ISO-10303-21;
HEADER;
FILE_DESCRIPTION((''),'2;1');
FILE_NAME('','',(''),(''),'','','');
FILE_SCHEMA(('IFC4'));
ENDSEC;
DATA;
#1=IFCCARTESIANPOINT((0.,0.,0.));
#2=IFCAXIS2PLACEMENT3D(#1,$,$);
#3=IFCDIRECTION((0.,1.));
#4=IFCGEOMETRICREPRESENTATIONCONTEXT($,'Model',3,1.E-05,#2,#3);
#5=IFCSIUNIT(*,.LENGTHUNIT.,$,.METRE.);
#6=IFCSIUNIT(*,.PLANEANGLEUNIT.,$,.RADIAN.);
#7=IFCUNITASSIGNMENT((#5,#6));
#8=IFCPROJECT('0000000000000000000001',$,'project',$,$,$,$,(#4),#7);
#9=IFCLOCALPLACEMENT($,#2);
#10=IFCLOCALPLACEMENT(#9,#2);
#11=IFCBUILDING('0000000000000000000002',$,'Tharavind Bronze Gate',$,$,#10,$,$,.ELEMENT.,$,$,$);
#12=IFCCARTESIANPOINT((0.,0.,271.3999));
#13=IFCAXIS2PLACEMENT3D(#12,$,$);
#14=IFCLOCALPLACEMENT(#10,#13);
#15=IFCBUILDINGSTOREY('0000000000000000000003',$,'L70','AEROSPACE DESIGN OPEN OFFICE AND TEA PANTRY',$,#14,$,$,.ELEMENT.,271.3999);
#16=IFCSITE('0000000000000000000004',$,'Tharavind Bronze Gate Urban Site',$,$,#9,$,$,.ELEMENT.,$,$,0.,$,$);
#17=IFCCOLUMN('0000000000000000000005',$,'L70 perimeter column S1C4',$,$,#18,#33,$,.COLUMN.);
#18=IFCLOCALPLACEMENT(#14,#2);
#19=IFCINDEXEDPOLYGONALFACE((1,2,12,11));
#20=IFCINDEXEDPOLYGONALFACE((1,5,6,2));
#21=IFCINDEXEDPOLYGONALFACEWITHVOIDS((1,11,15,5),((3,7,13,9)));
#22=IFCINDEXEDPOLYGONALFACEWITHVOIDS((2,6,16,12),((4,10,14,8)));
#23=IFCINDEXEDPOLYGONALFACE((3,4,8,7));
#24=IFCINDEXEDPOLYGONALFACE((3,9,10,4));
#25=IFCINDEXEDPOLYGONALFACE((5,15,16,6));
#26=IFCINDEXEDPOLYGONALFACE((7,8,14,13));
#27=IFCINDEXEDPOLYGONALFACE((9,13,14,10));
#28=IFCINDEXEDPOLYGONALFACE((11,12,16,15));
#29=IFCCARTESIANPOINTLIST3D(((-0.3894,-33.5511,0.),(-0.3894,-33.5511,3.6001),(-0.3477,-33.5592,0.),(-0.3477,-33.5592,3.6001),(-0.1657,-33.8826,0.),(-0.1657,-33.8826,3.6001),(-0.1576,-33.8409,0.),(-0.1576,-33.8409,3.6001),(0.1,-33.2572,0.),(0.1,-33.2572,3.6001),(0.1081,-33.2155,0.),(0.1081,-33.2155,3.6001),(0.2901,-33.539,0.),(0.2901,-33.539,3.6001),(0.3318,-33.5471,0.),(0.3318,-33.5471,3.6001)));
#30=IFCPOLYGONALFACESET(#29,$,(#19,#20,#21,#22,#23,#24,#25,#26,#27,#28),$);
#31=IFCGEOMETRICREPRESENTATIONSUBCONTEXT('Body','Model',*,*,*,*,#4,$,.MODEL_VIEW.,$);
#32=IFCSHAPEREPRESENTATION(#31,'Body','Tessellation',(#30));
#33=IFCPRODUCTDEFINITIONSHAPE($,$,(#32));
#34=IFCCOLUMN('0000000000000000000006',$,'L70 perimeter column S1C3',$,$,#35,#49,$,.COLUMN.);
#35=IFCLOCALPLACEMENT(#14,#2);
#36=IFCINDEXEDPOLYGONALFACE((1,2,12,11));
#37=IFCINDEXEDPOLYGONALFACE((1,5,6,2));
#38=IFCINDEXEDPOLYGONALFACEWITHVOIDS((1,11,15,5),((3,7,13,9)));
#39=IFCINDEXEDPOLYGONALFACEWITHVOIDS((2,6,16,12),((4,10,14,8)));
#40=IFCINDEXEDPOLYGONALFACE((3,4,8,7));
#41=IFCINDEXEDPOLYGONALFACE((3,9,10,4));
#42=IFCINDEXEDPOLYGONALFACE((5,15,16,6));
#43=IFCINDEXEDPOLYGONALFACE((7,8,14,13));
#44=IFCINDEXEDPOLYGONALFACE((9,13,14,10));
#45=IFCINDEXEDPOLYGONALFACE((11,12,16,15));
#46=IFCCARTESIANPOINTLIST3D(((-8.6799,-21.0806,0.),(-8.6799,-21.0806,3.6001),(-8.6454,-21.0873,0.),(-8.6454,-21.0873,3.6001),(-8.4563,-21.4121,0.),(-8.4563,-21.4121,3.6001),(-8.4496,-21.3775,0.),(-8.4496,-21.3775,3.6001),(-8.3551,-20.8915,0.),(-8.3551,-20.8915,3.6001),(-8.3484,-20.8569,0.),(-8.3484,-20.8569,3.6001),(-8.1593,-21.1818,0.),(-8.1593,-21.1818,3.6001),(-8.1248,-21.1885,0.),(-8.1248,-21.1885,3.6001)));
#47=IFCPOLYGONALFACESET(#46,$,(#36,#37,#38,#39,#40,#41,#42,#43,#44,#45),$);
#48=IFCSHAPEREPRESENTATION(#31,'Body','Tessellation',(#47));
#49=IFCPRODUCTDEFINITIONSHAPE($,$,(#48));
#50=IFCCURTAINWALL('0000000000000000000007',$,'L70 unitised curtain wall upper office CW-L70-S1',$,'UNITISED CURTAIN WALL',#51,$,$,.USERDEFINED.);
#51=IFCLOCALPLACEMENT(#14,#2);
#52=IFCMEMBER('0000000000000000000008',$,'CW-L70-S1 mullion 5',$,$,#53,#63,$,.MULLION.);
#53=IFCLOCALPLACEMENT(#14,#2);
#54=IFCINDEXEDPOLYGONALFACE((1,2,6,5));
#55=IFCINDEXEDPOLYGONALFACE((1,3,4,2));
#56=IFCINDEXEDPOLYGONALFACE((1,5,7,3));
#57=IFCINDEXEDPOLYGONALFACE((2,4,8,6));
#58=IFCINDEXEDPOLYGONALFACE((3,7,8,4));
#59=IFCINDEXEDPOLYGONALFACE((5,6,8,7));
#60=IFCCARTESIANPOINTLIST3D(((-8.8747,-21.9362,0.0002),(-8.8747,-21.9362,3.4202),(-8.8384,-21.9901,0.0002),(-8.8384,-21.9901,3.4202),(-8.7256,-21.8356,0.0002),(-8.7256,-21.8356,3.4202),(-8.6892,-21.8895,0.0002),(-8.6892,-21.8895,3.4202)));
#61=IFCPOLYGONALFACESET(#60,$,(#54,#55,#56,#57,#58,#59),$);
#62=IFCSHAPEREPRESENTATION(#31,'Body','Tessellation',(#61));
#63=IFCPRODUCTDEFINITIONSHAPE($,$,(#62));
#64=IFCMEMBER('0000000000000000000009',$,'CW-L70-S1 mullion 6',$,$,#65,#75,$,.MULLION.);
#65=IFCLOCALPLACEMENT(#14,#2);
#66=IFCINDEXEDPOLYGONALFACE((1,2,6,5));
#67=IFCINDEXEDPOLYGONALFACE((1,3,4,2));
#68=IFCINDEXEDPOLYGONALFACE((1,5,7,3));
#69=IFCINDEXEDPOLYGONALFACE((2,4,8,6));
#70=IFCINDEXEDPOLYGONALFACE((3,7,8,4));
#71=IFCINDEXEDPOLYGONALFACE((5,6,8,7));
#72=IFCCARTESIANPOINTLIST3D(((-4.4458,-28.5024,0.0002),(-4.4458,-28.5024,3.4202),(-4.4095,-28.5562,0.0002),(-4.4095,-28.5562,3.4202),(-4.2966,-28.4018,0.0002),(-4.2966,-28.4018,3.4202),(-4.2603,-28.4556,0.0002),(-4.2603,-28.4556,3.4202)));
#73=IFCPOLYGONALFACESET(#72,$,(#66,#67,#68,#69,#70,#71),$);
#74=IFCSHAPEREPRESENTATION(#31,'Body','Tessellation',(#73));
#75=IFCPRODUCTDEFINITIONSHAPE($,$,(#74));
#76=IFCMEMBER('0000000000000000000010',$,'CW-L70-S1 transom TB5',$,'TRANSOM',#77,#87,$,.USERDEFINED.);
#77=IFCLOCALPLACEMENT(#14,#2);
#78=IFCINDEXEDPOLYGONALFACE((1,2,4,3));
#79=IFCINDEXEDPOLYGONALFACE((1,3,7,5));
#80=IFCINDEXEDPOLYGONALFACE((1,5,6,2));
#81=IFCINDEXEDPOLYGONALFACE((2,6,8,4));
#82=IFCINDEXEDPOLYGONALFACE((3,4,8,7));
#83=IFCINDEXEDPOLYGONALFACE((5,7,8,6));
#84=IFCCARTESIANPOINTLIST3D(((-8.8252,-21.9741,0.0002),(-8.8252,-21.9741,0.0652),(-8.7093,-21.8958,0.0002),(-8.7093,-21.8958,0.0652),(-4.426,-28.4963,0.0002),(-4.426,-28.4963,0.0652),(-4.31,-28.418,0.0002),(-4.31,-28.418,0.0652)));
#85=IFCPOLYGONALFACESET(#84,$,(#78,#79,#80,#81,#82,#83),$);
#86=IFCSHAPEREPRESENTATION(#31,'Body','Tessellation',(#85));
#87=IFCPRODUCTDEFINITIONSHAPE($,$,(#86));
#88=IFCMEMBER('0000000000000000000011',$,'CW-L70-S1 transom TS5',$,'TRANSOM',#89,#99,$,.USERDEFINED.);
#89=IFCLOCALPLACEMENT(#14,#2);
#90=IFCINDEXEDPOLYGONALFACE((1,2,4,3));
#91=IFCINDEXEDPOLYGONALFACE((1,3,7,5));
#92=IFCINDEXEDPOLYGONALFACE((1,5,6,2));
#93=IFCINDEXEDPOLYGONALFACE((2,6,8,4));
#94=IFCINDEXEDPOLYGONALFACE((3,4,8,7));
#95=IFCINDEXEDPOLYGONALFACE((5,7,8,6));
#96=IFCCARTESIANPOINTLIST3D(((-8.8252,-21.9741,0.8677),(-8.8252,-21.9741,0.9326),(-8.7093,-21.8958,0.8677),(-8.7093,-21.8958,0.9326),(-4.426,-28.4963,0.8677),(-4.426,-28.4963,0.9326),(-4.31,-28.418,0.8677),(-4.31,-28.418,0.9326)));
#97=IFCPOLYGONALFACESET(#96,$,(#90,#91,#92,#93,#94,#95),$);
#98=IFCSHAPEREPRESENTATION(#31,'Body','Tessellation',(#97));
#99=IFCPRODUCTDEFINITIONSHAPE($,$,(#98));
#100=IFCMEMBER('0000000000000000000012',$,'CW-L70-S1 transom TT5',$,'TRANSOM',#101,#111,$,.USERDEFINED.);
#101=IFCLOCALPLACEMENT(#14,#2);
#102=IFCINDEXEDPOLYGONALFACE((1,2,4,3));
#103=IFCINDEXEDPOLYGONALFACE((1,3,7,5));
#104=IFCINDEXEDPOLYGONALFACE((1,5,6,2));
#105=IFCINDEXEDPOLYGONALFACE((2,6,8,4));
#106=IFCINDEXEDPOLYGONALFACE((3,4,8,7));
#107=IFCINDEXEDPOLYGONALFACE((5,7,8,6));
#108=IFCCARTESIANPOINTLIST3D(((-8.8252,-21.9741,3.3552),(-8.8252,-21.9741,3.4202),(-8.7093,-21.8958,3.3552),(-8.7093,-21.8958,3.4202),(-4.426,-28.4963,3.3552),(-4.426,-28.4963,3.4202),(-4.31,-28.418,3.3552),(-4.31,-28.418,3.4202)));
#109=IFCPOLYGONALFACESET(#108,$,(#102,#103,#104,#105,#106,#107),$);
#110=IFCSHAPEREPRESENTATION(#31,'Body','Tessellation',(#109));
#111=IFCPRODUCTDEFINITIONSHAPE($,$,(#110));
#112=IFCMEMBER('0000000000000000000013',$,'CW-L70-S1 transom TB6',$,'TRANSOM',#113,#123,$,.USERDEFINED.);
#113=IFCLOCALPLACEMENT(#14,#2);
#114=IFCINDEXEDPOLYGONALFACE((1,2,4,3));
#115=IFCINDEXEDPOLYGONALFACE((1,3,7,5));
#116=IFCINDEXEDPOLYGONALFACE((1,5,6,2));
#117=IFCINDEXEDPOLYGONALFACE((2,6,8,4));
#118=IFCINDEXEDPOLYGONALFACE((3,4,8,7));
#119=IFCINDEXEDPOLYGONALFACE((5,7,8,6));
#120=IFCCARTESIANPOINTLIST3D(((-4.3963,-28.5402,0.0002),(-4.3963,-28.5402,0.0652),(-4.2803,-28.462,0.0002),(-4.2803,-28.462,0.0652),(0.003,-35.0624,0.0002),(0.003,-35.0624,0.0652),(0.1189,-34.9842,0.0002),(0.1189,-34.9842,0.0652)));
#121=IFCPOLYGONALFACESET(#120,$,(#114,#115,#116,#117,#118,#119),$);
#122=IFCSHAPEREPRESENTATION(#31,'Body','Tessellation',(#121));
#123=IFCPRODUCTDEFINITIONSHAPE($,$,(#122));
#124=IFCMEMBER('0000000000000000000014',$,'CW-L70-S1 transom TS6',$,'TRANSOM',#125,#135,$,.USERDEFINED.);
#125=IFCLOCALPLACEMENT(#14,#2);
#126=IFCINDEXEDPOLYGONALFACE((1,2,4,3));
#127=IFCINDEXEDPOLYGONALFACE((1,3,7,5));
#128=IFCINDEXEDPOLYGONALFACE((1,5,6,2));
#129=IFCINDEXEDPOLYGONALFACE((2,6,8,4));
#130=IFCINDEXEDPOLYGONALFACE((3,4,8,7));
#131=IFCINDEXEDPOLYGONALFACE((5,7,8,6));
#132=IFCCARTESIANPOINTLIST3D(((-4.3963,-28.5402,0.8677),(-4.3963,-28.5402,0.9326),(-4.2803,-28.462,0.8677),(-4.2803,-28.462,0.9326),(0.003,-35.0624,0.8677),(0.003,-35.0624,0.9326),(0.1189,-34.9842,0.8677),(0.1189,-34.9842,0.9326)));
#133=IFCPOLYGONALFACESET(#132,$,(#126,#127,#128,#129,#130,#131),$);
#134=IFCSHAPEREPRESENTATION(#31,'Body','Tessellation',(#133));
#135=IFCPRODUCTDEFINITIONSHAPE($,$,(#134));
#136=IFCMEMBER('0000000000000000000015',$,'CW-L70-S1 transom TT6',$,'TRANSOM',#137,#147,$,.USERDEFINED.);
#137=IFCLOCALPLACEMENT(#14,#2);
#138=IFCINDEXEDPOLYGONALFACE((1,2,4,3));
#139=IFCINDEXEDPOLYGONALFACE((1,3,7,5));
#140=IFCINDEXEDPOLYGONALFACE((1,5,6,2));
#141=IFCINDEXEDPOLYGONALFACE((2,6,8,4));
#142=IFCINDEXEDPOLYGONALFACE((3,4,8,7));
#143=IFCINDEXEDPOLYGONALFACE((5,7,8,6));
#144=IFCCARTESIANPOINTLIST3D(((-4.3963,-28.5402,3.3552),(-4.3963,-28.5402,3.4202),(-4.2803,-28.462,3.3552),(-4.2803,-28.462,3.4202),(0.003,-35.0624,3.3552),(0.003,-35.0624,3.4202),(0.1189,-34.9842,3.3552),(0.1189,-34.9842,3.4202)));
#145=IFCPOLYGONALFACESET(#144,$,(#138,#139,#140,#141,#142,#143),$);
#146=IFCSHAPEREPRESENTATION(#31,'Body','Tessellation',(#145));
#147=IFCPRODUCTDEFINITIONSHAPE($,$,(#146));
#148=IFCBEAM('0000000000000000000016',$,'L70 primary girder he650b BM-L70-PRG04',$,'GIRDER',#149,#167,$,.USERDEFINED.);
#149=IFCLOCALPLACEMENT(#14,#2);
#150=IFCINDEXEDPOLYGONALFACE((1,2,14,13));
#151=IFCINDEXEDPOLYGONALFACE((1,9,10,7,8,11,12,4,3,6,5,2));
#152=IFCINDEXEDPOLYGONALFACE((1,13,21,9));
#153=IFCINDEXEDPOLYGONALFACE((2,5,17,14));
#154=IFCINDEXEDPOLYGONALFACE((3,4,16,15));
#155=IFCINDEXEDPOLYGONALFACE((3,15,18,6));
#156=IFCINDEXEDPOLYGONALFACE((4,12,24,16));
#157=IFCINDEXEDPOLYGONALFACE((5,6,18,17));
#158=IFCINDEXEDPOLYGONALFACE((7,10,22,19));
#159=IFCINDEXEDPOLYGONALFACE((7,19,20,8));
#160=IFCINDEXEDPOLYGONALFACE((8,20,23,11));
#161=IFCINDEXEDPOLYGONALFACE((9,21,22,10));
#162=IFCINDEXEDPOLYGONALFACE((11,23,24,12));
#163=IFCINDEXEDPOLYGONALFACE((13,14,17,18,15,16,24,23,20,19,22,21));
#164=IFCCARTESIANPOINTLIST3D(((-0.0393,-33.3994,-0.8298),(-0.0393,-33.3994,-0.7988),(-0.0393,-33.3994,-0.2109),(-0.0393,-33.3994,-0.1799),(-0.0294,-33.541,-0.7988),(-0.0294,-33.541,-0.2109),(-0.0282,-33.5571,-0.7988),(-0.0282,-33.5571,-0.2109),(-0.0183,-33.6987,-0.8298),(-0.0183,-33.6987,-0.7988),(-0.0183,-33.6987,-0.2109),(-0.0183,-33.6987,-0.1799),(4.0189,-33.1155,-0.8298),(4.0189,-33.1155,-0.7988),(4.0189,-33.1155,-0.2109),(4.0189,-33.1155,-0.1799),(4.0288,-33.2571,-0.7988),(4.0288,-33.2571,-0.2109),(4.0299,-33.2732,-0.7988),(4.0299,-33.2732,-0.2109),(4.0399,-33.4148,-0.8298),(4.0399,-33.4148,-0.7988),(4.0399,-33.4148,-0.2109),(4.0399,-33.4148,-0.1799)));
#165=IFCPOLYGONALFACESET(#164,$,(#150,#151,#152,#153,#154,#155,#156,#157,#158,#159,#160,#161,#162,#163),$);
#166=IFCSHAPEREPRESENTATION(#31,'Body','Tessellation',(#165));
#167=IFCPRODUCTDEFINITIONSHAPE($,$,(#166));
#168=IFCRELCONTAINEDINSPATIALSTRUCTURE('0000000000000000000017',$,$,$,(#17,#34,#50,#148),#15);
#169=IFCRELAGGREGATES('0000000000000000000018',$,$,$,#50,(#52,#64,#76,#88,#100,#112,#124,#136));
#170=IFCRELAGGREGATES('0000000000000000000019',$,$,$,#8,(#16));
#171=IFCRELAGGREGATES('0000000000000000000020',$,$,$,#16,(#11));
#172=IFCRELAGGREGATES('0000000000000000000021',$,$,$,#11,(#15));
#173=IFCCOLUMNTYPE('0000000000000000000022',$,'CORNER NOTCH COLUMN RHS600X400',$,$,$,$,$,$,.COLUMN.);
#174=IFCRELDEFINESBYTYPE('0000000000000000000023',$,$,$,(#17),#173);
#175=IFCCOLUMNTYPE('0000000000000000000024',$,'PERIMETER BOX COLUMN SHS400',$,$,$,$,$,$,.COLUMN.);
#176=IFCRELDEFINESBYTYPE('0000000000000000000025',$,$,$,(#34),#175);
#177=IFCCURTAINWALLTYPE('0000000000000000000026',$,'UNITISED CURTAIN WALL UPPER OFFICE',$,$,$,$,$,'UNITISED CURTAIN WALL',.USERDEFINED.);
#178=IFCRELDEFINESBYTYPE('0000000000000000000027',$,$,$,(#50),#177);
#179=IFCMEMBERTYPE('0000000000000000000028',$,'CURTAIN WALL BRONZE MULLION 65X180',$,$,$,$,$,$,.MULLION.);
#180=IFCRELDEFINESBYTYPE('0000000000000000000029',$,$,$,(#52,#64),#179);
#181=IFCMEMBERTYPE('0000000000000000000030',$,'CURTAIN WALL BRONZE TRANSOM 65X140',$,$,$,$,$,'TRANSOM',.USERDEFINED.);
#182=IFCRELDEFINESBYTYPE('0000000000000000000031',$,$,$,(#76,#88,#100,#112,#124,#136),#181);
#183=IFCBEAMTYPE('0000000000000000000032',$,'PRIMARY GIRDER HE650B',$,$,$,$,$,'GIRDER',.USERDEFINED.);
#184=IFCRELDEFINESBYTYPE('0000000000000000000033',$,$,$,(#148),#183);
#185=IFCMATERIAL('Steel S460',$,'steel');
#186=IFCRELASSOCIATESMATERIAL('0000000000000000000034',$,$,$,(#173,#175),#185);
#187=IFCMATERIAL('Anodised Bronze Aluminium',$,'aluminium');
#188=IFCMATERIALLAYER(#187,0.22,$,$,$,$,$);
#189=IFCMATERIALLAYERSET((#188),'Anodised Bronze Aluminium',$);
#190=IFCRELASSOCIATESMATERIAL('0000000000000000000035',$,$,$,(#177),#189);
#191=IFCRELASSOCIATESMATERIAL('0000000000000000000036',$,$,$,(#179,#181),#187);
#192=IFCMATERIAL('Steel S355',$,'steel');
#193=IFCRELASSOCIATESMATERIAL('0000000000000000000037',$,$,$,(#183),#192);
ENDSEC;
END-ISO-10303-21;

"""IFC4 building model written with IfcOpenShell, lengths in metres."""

from ifc_helpers import new_model, si_unit, direction, frame, origin, origin_2d, place, context, subcontext, project, spatial, rectangle, hollow_rectangle, i_section, extrude, material, layer, layer_set, material_profile, profile_set, type_object, element, aggregate, save


model = new_model("IFC4")

# Units and contexts
model_context = context("Model", 3, precision=1e-05, world=origin(), true_north=direction((0.0, 1.0)))
body_context = subcontext(model_context, "Body", "Model", "MODEL_VIEW")
ifc_project = project(units=[si_unit("LENGTHUNIT", "METRE"), si_unit("PLANEANGLEUNIT", "RADIAN")], contexts=[model_context])

# Site, building, storey
site_placement = place(None, origin())
site = spatial("IfcSite", under=ifc_project, at=site_placement, Name="Tharavind Bronze Gate Urban Site", CompositionType="ELEMENT", RefElevation=0.0)
building_placement = place(site_placement, origin())
building = spatial("IfcBuilding", under=site, at=building_placement, Name="Tharavind Bronze Gate", CompositionType="ELEMENT")
storey_placement = place(building_placement, frame((0.0, 0.0, 271.3999)))
storey = spatial("IfcBuildingStorey", under=building, at=storey_placement, Name="L70", Description="AEROSPACE DESIGN OPEN OFFICE AND TEA PANTRY", CompositionType="ELEMENT", Elevation=271.3999)

# Columns
ifc_material_1 = material(Name="Steel S460", Category="steel")
ifc_material_profile_1 = material_profile(ifc_material_1, hollow_rectangle(XDim=0.3999, YDim=0.6001, WallThickness=0.03, at=origin_2d()), Name="RHS600X400X30")
ifc_profile_set_1 = profile_set([ifc_material_profile_1], Name="Steel S460")
column_type_1 = type_object("IfcColumnType", Name="CORNER NOTCH COLUMN RHS600X400", PredefinedType="COLUMN", material=ifc_profile_set_1)
column_1_placement = place(storey_placement, frame((-0.0288, -33.5491, 0.0), z_axis=(0.0, 0.0, 1.0), x_axis=(-0.559193, 0.829038, 0.0)))
element("IfcColumn", 1, at=column_1_placement, inside=storey, type_object=column_type_1, Name="L70 perimeter column S1C4", PredefinedType="COLUMN", context=body_context, shape_type="SweptSolid", body=[
    extrude(hollow_rectangle(XDim=0.3999, YDim=0.6001, WallThickness=0.03, at=origin_2d()), origin(), (0.0, 0.0, 1.0), 3.6001),
])
ifc_material_profile_2 = material_profile(ifc_material_1, hollow_rectangle(XDim=0.3999, YDim=0.3999, WallThickness=0.0249, at=origin_2d()), Name="SHS400X25")
ifc_profile_set_2 = profile_set([ifc_material_profile_2], Name="Steel S460")
column_type_2 = type_object("IfcColumnType", Name="PERIMETER BOX COLUMN SHS400", PredefinedType="COLUMN", material=ifc_profile_set_2)
column_2_placement = place(storey_placement, frame((-8.4023, -21.1345, 0.0), z_axis=(0.0, 0.0, 1.0), x_axis=(-0.559193, 0.829038, 0.0)))
element("IfcColumn", 2, at=column_2_placement, inside=storey, type_object=column_type_2, Name="L70 perimeter column S1C3", PredefinedType="COLUMN", context=body_context, shape_type="SweptSolid", body=[
    extrude(hollow_rectangle(XDim=0.3999, YDim=0.3999, WallThickness=0.0249, at=origin_2d()), origin(), (0.0, 0.0, 1.0), 3.6001),
])

# Curtain wall, members
ifc_material_2 = material(Name="Anodised Bronze Aluminium", Category="aluminium")
ifc_layer_1 = layer(ifc_material_2, 0.22)
ifc_layer_set_1 = layer_set([ifc_layer_1], Name="Anodised Bronze Aluminium")
curtain_wall_type = type_object("IfcCurtainWallType", Name="UNITISED CURTAIN WALL UPPER OFFICE", ElementType="UNITISED CURTAIN WALL", PredefinedType="USERDEFINED", material=ifc_layer_set_1)
curtain_wall_placement = place(storey_placement, origin())
curtain_wall = element("IfcCurtainWall", 3, at=curtain_wall_placement, inside=storey, type_object=curtain_wall_type, Name="L70 unitised curtain wall upper office CW-L70-S1", ObjectType="UNITISED CURTAIN WALL", PredefinedType="USERDEFINED")
member_type_1 = type_object("IfcMemberType", Name="CURTAIN WALL BRONZE MULLION 65X180", PredefinedType="MULLION", material=ifc_material_2)
member_1_placement = place(storey_placement, frame((-8.782, -21.9128, 0.0002), z_axis=(0.0, 0.0, 1.0), x_axis=(0.559191, -0.829039, 0.0)))
member_1 = element("IfcMember", 4, at=member_1_placement, type_object=member_type_1, Name="CW-L70-S1 mullion 5", PredefinedType="MULLION", context=body_context, shape_type="SweptSolid", body=[
    extrude(rectangle(XDim=0.0649, YDim=0.1799, at=origin_2d()), origin(), (0.0, 0.0, 1.0), 3.4199),
])
member_2_placement = place(storey_placement, frame((-4.353, -28.479, 0.0002), z_axis=(0.0, 0.0, 1.0), x_axis=(0.559191, -0.829039, 0.0)))
member_2 = element("IfcMember", 5, at=member_2_placement, type_object=member_type_1, Name="CW-L70-S1 mullion 6", PredefinedType="MULLION", context=body_context, shape_type="SweptSolid", body=[
    extrude(rectangle(XDim=0.0649, YDim=0.1799, at=origin_2d()), origin(), (0.0, 0.0, 1.0), 3.4199),
])
member_type_2 = type_object("IfcMemberType", Name="CURTAIN WALL BRONZE TRANSOM 65X140", ElementType="TRANSOM", PredefinedType="USERDEFINED", material=ifc_material_2)
member_3_placement = place(storey_placement, frame((-6.5676, -25.196, 0.0002), z_axis=(0.0, 0.0, 1.0), x_axis=(0.559191, -0.829039, 0.0)))
member_3 = element("IfcMember", 6, at=member_3_placement, type_object=member_type_2, Name="CW-L70-S1 transom TB5", ObjectType="TRANSOM", PredefinedType="USERDEFINED", context=body_context, shape_type="SweptSolid", body=[
    extrude(rectangle(XDim=7.8672, YDim=0.1399, at=origin_2d()), origin(), (0.0, 0.0, 1.0), 0.0649),
])
member_4_placement = place(storey_placement, frame((-6.5676, -25.196, 0.8677), z_axis=(0.0, 0.0, 1.0), x_axis=(0.559191, -0.829039, 0.0)))
member_4 = element("IfcMember", 7, at=member_4_placement, type_object=member_type_2, Name="CW-L70-S1 transom TS5", ObjectType="TRANSOM", PredefinedType="USERDEFINED", context=body_context, shape_type="SweptSolid", body=[
    extrude(rectangle(XDim=7.8672, YDim=0.1399, at=origin_2d()), origin(), (0.0, 0.0, 1.0), 0.0649),
])
member_5_placement = place(storey_placement, frame((-6.5676, -25.196, 3.3552), z_axis=(0.0, 0.0, 1.0), x_axis=(0.559191, -0.829039, 0.0)))
member_5 = element("IfcMember", 8, at=member_5_placement, type_object=member_type_2, Name="CW-L70-S1 transom TT5", ObjectType="TRANSOM", PredefinedType="USERDEFINED", context=body_context, shape_type="SweptSolid", body=[
    extrude(rectangle(XDim=7.8672, YDim=0.1399, at=origin_2d()), origin(), (0.0, 0.0, 1.0), 0.0649),
])
member_6_placement = place(storey_placement, frame((-2.1387, -31.7622, 0.0002), z_axis=(0.0, 0.0, 1.0), x_axis=(0.559191, -0.829039, 0.0)))
member_6 = element("IfcMember", 9, at=member_6_placement, type_object=member_type_2, Name="CW-L70-S1 transom TB6", ObjectType="TRANSOM", PredefinedType="USERDEFINED", context=body_context, shape_type="SweptSolid", body=[
    extrude(rectangle(XDim=7.8672, YDim=0.1399, at=origin_2d()), origin(), (0.0, 0.0, 1.0), 0.0649),
])
member_7_placement = place(storey_placement, frame((-2.1387, -31.7622, 0.8677), z_axis=(0.0, 0.0, 1.0), x_axis=(0.559191, -0.829039, 0.0)))
member_7 = element("IfcMember", 10, at=member_7_placement, type_object=member_type_2, Name="CW-L70-S1 transom TS6", ObjectType="TRANSOM", PredefinedType="USERDEFINED", context=body_context, shape_type="SweptSolid", body=[
    extrude(rectangle(XDim=7.8672, YDim=0.1399, at=origin_2d()), origin(), (0.0, 0.0, 1.0), 0.0649),
])
member_8_placement = place(storey_placement, frame((-2.1387, -31.7622, 3.3552), z_axis=(0.0, 0.0, 1.0), x_axis=(0.559191, -0.829039, 0.0)))
member_8 = element("IfcMember", 11, at=member_8_placement, type_object=member_type_2, Name="CW-L70-S1 transom TT6", ObjectType="TRANSOM", PredefinedType="USERDEFINED", context=body_context, shape_type="SweptSolid", body=[
    extrude(rectangle(XDim=7.8672, YDim=0.1399, at=origin_2d()), origin(), (0.0, 0.0, 1.0), 0.0649),
])

# Beam
ifc_material_3 = material(Name="Steel S355", Category="steel")
ifc_material_profile_3 = material_profile(ifc_material_3, i_section(OverallWidth=0.3, OverallDepth=0.6499, WebThickness=0.0161, FlangeThickness=0.031, at=origin_2d()), Name="HE650B")
ifc_profile_set_3 = profile_set([ifc_material_profile_3], Name="Steel S355")
beam_type_1 = type_object("IfcBeamType", Name="PRIMARY GIRDER HE650B", ElementType="GIRDER", PredefinedType="USERDEFINED", material=ifc_profile_set_3)
beam_1_placement = place(storey_placement, frame((-0.0288, -33.5491, -0.5049), z_axis=(0.997561, 0.069797, 0.0), x_axis=(-0.069797, 0.997561, 0.0)))
element("IfcBeam", 12, at=beam_1_placement, inside=storey, type_object=beam_type_1, Name="L70 primary girder he650b BM-L70-PRG04", ObjectType="GIRDER", PredefinedType="USERDEFINED", context=body_context, shape_type="SweptSolid", body=[
    extrude(i_section(OverallWidth=0.3, OverallDepth=0.6499, WebThickness=0.0161, FlangeThickness=0.031, at=origin_2d()), origin(), (0.0, 0.0, 1.0), 4.0681),
])

aggregate(curtain_wall, [member_1, member_2, member_3, member_4, member_5, member_6, member_7, member_8])

save(model, "model.ifc")
